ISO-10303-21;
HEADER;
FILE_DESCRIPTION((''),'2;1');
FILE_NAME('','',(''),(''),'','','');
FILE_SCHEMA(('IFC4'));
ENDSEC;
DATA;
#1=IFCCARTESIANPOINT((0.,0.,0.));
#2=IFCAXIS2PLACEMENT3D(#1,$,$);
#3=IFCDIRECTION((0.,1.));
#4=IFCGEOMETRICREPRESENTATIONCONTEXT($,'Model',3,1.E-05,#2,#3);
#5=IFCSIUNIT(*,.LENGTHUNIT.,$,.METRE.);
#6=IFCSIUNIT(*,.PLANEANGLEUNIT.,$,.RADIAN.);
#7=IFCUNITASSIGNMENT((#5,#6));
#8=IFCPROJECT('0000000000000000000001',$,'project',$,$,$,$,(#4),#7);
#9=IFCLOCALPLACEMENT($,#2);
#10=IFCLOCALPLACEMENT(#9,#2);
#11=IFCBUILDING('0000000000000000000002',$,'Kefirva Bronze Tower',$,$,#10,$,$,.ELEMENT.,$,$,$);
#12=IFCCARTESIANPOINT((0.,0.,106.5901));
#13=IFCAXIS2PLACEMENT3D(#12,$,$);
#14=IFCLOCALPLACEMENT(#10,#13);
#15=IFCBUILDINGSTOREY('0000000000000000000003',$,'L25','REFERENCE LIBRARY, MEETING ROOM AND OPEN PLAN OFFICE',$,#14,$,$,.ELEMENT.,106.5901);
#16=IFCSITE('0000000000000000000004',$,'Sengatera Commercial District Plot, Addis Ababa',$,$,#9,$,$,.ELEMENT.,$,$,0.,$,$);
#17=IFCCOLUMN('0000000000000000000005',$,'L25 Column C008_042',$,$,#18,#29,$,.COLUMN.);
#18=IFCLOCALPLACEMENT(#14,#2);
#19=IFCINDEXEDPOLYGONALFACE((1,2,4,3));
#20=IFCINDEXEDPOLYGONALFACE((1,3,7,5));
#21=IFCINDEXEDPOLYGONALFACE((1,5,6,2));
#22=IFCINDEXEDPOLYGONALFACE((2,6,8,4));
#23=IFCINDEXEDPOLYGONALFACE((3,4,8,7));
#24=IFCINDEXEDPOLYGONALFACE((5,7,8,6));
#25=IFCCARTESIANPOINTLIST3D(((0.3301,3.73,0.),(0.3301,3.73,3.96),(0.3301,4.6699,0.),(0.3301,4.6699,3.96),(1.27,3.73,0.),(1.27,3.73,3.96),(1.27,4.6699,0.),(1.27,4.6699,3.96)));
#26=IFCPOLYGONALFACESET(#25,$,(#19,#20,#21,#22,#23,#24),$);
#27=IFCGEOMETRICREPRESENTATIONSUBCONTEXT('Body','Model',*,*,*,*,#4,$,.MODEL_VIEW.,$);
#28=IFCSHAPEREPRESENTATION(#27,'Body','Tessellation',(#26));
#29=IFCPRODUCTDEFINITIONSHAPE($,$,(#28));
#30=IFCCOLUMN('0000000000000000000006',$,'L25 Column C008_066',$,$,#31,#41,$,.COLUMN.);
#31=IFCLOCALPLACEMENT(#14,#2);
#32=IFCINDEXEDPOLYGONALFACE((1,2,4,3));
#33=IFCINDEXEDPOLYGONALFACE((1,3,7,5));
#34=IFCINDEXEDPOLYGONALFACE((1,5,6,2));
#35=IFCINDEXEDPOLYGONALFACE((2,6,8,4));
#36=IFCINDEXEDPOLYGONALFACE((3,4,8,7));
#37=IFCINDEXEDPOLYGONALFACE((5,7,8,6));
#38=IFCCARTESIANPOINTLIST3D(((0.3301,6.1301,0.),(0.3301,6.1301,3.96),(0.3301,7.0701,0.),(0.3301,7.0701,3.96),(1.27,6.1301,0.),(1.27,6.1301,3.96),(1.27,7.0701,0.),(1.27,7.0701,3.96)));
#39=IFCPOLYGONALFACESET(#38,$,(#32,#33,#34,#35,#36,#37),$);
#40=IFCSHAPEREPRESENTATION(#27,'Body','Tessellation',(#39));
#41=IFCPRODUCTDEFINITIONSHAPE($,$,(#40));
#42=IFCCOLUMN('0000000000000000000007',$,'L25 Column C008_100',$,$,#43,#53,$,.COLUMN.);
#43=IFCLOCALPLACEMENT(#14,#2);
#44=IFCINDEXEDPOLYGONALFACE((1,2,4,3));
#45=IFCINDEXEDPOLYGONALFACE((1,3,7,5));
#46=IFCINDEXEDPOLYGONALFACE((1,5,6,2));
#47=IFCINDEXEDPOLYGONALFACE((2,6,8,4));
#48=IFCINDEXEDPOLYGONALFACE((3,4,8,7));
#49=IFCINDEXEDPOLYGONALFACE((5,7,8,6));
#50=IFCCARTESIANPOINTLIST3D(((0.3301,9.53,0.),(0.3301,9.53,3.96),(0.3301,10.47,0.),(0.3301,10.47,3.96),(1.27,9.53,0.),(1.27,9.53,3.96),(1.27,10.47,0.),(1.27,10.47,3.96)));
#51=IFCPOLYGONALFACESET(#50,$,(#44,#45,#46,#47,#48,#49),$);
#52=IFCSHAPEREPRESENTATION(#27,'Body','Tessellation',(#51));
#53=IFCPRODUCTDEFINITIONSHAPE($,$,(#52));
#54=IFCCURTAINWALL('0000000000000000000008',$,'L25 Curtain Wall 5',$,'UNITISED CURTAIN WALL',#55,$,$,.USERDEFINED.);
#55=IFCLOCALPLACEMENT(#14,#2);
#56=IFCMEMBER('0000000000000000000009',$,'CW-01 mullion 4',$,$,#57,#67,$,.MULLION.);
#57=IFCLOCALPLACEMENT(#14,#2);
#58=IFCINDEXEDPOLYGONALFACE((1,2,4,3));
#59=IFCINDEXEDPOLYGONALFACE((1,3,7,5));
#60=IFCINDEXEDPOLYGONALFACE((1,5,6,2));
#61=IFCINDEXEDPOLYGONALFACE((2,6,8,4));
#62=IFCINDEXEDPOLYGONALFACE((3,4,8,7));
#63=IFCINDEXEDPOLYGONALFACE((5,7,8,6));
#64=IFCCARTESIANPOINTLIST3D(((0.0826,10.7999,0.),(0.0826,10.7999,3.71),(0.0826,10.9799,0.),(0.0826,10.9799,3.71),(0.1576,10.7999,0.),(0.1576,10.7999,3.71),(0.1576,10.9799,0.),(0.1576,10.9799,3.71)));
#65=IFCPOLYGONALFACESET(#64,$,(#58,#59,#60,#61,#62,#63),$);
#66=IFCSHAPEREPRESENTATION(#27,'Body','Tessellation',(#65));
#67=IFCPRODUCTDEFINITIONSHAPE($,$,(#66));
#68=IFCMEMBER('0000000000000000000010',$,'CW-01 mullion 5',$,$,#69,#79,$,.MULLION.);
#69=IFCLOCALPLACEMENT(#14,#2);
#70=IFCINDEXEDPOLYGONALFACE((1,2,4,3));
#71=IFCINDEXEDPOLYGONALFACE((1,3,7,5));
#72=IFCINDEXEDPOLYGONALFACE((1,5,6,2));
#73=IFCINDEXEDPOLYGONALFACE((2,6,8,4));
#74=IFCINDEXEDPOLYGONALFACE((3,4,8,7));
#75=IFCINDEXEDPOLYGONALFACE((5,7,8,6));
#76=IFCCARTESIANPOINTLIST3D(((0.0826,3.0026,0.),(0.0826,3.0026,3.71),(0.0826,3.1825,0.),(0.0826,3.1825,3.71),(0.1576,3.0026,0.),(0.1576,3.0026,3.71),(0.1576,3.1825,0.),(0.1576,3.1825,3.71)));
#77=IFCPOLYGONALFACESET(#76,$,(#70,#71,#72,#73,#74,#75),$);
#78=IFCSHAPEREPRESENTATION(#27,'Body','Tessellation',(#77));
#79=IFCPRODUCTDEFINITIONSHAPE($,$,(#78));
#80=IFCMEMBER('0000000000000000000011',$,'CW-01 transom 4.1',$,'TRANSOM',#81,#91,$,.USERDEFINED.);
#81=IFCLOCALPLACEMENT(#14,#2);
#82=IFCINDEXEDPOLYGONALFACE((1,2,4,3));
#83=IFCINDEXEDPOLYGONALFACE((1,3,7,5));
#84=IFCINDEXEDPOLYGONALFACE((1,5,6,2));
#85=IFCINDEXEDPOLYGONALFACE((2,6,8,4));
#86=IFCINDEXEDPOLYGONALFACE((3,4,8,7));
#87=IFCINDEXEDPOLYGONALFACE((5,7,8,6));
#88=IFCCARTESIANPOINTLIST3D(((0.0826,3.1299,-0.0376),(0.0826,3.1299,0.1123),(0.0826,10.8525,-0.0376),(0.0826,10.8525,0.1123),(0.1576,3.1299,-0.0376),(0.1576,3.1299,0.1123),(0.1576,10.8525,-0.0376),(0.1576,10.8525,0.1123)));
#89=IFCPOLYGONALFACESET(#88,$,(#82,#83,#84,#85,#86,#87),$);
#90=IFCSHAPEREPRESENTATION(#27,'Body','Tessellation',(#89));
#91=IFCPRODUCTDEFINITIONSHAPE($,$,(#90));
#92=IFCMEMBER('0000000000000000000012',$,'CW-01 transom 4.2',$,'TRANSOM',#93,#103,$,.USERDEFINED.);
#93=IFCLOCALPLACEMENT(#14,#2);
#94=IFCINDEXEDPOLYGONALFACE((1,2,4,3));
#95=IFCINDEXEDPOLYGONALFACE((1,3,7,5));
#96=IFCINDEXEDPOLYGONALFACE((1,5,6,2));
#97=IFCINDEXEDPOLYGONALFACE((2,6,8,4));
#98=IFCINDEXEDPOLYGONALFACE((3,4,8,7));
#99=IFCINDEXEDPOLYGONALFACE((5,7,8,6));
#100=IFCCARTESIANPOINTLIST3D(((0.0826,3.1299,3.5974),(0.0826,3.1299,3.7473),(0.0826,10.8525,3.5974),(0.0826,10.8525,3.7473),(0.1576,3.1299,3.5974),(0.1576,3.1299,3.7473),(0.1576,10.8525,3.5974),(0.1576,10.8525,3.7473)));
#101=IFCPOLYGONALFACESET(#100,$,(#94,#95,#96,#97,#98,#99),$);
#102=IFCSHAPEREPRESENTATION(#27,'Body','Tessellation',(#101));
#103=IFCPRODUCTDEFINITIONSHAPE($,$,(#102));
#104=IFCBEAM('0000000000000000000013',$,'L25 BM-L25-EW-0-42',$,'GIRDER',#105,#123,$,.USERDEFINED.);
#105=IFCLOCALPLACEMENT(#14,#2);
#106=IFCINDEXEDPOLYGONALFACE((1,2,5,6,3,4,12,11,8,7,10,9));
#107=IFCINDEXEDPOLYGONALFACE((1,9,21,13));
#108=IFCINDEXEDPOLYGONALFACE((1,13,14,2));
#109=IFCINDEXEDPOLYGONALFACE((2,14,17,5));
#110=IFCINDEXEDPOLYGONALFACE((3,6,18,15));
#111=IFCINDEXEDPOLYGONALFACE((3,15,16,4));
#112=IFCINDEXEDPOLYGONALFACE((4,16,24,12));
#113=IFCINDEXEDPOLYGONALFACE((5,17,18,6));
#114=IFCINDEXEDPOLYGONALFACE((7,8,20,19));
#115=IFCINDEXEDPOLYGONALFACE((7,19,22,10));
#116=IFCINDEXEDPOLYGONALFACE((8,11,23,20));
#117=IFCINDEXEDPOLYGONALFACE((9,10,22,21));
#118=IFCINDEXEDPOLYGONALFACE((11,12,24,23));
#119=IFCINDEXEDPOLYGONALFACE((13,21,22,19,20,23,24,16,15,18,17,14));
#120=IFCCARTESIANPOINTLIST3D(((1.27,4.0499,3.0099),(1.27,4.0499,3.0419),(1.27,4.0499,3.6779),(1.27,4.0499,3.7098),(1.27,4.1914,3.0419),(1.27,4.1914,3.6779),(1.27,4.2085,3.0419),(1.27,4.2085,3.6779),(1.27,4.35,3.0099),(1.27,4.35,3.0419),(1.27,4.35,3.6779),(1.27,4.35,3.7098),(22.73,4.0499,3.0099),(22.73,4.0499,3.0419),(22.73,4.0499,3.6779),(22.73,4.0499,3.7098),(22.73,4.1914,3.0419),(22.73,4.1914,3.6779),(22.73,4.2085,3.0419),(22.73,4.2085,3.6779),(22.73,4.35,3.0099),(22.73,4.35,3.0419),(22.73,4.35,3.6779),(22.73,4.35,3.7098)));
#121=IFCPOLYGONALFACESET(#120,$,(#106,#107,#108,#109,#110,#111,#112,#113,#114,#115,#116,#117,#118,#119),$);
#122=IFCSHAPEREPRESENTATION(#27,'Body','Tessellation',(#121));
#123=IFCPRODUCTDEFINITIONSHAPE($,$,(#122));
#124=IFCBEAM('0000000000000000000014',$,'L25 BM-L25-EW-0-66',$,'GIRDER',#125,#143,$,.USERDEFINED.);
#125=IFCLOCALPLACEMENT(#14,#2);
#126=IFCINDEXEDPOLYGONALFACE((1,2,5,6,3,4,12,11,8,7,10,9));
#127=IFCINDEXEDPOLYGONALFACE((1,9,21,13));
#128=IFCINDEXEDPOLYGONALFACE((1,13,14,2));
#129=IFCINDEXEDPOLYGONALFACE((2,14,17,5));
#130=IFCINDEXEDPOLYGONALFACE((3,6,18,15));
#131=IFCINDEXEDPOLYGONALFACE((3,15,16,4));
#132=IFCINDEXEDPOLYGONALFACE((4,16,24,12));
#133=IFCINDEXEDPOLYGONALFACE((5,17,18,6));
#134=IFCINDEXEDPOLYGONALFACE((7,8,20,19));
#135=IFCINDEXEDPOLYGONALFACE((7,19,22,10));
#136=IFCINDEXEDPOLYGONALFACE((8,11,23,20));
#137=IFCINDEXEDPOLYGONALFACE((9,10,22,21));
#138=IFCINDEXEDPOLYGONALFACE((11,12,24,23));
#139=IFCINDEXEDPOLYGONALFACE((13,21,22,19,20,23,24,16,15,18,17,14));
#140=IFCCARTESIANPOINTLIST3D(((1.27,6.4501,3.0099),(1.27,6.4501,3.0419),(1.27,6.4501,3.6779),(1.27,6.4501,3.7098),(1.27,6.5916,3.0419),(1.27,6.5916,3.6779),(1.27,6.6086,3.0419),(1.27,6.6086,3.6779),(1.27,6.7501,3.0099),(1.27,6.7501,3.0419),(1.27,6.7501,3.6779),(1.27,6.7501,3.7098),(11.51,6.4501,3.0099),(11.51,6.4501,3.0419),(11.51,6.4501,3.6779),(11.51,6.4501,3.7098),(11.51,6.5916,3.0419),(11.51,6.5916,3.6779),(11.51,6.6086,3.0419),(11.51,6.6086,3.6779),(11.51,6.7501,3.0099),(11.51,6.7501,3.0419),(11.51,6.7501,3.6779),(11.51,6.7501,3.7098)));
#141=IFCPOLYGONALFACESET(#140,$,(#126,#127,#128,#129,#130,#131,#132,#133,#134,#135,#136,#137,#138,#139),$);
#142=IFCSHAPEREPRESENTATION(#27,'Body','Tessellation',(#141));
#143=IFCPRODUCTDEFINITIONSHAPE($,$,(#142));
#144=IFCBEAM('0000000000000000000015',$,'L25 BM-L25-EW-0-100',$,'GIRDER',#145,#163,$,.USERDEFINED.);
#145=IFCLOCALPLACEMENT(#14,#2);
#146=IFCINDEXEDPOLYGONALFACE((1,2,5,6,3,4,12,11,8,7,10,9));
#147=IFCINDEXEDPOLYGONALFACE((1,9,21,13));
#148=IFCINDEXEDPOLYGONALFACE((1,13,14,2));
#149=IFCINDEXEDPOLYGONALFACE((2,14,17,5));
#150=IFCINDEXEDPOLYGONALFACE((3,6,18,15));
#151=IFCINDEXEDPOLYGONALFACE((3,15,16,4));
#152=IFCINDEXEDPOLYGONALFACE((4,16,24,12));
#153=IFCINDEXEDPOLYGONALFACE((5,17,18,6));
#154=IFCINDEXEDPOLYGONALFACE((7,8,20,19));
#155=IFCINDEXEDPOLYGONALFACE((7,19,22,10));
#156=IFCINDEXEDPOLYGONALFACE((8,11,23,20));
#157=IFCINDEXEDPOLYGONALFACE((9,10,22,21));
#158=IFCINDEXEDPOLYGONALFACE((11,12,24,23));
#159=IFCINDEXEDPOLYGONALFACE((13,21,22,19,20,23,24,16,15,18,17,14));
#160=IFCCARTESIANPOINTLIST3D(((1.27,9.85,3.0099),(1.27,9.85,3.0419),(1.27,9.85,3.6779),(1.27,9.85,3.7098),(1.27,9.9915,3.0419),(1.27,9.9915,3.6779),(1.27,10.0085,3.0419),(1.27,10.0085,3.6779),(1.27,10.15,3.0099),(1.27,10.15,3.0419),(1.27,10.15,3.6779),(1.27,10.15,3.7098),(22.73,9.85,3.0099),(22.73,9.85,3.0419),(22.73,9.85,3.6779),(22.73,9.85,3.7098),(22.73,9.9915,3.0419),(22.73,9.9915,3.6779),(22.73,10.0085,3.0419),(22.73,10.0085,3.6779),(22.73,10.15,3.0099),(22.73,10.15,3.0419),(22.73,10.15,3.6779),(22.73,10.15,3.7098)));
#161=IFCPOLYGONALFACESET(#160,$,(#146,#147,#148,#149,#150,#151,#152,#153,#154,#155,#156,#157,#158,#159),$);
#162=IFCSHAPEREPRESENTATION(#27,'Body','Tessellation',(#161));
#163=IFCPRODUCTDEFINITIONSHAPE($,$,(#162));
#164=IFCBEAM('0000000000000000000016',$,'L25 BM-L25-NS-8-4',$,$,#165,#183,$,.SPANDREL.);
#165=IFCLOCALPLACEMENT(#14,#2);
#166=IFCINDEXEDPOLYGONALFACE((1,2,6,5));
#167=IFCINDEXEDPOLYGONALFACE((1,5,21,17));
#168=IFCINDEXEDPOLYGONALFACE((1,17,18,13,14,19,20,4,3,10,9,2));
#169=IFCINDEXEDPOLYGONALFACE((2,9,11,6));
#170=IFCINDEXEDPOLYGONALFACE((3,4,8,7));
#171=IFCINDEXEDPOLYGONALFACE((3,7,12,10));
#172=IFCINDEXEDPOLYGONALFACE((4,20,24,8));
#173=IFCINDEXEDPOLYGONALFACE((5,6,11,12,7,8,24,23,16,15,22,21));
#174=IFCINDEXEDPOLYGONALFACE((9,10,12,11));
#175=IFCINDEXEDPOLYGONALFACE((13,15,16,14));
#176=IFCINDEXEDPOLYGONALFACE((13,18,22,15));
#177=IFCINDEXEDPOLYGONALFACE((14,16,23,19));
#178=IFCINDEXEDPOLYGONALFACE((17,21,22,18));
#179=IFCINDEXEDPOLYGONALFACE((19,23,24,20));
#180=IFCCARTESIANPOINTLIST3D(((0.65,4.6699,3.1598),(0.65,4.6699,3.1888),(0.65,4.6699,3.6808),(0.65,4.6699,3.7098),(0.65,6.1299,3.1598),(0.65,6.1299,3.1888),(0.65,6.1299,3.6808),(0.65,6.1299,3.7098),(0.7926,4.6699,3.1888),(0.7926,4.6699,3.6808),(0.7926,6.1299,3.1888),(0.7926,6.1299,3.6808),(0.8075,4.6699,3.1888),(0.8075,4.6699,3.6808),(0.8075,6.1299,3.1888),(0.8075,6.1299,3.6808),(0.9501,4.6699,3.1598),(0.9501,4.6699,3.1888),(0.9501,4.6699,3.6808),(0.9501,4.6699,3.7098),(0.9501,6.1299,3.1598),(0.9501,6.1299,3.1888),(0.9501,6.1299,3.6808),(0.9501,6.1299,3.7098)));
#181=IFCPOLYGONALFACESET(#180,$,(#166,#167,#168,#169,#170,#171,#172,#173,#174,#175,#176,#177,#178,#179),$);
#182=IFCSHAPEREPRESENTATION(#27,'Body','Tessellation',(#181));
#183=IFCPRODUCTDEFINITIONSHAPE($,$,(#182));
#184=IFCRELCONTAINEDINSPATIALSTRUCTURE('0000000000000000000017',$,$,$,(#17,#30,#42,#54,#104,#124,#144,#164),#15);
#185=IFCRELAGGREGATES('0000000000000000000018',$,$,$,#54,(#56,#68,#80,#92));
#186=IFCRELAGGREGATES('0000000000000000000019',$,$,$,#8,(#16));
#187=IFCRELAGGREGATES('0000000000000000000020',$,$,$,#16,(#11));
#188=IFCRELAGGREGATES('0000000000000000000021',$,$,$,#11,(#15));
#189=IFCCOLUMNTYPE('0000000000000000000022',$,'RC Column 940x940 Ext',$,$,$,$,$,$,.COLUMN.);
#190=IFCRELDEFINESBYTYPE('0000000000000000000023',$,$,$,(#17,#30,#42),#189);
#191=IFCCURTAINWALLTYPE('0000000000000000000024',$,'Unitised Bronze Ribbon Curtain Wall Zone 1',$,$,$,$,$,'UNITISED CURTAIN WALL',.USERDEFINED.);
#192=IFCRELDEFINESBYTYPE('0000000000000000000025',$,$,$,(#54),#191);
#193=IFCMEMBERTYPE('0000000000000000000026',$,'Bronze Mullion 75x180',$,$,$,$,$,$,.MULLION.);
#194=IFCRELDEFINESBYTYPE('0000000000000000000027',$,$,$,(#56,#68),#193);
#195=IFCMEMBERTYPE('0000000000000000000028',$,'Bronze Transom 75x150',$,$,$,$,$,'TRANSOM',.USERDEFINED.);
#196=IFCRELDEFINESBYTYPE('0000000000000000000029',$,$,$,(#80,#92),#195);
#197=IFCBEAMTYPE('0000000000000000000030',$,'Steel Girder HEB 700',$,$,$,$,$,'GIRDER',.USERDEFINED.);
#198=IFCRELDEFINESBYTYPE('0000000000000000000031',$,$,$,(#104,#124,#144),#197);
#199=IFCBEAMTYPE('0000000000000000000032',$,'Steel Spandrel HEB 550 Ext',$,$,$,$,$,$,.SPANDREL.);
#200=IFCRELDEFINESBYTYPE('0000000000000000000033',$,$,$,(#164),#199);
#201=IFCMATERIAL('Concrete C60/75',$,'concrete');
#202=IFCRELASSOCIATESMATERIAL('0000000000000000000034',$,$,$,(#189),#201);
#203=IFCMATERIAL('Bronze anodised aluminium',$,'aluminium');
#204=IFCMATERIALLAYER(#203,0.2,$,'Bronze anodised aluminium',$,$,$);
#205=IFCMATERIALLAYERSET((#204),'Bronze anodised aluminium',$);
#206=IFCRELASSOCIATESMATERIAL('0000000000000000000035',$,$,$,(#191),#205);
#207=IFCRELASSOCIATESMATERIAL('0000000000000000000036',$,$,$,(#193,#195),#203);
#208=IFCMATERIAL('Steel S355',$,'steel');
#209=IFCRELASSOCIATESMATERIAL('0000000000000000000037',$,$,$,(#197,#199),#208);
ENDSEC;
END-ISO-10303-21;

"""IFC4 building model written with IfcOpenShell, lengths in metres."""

from ifc_helpers import new_model, si_unit, direction, frame, origin, origin_2d, place, context, subcontext, project, spatial, rectangle, i_section, extrude, material, layer, layer_set, material_profile, profile_set, type_object, element, aggregate, save


model = new_model("IFC4")

# Units and contexts
model_context = context("Model", 3, precision=1e-05, world=origin(), true_north=direction((0.0, 1.0)))
body_context = subcontext(model_context, "Body", "Model", "MODEL_VIEW")
ifc_project = project(units=[si_unit("LENGTHUNIT", "METRE"), si_unit("PLANEANGLEUNIT", "RADIAN")], contexts=[model_context])

# Site, building, storey
site_placement = place(None, origin())
site = spatial("IfcSite", under=ifc_project, at=site_placement, Name="Sengatera Commercial District Plot, Addis Ababa", CompositionType="ELEMENT", RefElevation=0.0)
building_placement = place(site_placement, origin())
building = spatial("IfcBuilding", under=site, at=building_placement, Name="Kefirva Bronze Tower", CompositionType="ELEMENT")
storey_placement = place(building_placement, frame((0.0, 0.0, 106.5901)))
storey = spatial("IfcBuildingStorey", under=building, at=storey_placement, Name="L25", Description="REFERENCE LIBRARY, MEETING ROOM AND OPEN PLAN OFFICE", CompositionType="ELEMENT", Elevation=106.5901)

# Columns
ifc_material_1 = material(Name="Concrete C60/75", Category="concrete")
ifc_material_profile_1 = material_profile(ifc_material_1, rectangle(XDim=0.9399, YDim=0.9399, at=origin_2d()), Name="RC 940x940")
ifc_profile_set_1 = profile_set([ifc_material_profile_1], Name="Concrete C60/75")
column_type = type_object("IfcColumnType", Name="RC Column 940x940 Ext", PredefinedType="COLUMN", material=ifc_profile_set_1)
for number, where, z_axis, x_axis, name in (
    (1, (0.8, 4.2, 0.0), (0.0, 0.0, 1.0), (1.0, 0.0, 0.0), "L25 Column C008_042"),
    (2, (0.8, 6.6001, 0.0), (0.0, 0.0, 1.0), (1.0, 0.0, 0.0), "L25 Column C008_066"),
    (3, (0.8, 10.0, 0.0), (0.0, 0.0, 1.0), (1.0, 0.0, 0.0), "L25 Column C008_100"),
):
    element("IfcColumn", number, at=place(storey_placement, frame(where, z_axis=z_axis, x_axis=x_axis)), inside=storey, type_object=column_type, Name=name, PredefinedType="COLUMN", context=body_context, shape_type="SweptSolid", body=[
        extrude(rectangle(XDim=0.9399, YDim=0.9399, at=origin_2d()), origin(), (0.0, 0.0, 1.0), 3.96),
    ])

# Curtain wall, members
ifc_material_2 = material(Name="Bronze anodised aluminium", Category="aluminium")
ifc_layer_1 = layer(ifc_material_2, 0.2, Name="Bronze anodised aluminium")
ifc_layer_set_1 = layer_set([ifc_layer_1], Name="Bronze anodised aluminium")
curtain_wall_type = type_object("IfcCurtainWallType", Name="Unitised Bronze Ribbon Curtain Wall Zone 1", ElementType="UNITISED CURTAIN WALL", PredefinedType="USERDEFINED", material=ifc_layer_set_1)
curtain_wall_placement = place(storey_placement, origin())
curtain_wall = element("IfcCurtainWall", 4, at=curtain_wall_placement, inside=storey, type_object=curtain_wall_type, Name="L25 Curtain Wall 5", ObjectType="UNITISED CURTAIN WALL", PredefinedType="USERDEFINED")
ifc_material_profile_2 = material_profile(ifc_material_2, rectangle(XDim=0.075, YDim=0.1799, at=origin_2d()), Name="ALU 75x180")
ifc_profile_set_2 = profile_set([ifc_material_profile_2], Name="Bronze anodised aluminium")
member_type_1 = type_object("IfcMemberType", Name="Bronze Mullion 75x180", PredefinedType="MULLION", material=ifc_profile_set_2)
member_1_placement = place(storey_placement, frame((0.1201, 10.8899, 0.0), z_axis=(0.0, 0.0, 1.0), x_axis=(1.0, 0.0, 0.0)))
member_1 = element("IfcMember", 5, at=member_1_placement, type_object=member_type_1, Name="CW-01 mullion 4", PredefinedType="MULLION", context=body_context, shape_type="SweptSolid", body=[
    extrude(rectangle(XDim=0.075, YDim=0.1799, at=origin_2d()), origin(), (0.0, 0.0, 1.0), 3.71),
])
member_2_placement = place(storey_placement, frame((0.1201, 3.0925, 0.0), z_axis=(0.0, 0.0, 1.0), x_axis=(1.0, 0.0, 0.0)))
member_2 = element("IfcMember", 6, at=member_2_placement, type_object=member_type_1, Name="CW-01 mullion 5", PredefinedType="MULLION", context=body_context, shape_type="SweptSolid", body=[
    extrude(rectangle(XDim=0.075, YDim=0.1799, at=origin_2d()), origin(), (0.0, 0.0, 1.0), 3.71),
])
ifc_material_profile_3 = material_profile(ifc_material_2, rectangle(XDim=0.075, YDim=0.1499, at=origin_2d()), Name="ALU 75x150")
ifc_profile_set_3 = profile_set([ifc_material_profile_3], Name="Bronze anodised aluminium")
member_type_2 = type_object("IfcMemberType", Name="Bronze Transom 75x150", ElementType="TRANSOM", PredefinedType="USERDEFINED", material=ifc_profile_set_3)
member_3_placement = place(storey_placement, frame((0.1201, 10.8525, 0.0374), z_axis=(0.0, -1.0, 0.0), x_axis=(1.0, 0.0, 0.0)))
member_3 = element("IfcMember", 7, at=member_3_placement, type_object=member_type_2, Name="CW-01 transom 4.1", ObjectType="TRANSOM", PredefinedType="USERDEFINED", context=body_context, shape_type="SweptSolid", body=[
    extrude(rectangle(XDim=0.075, YDim=0.1499, at=origin_2d()), origin(), (0.0, 0.0, 1.0), 7.7227),
])
member_4_placement = place(storey_placement, frame((0.1201, 10.8525, 3.6724), z_axis=(0.0, -1.0, 0.0), x_axis=(1.0, 0.0, 0.0)))
member_4 = element("IfcMember", 8, at=member_4_placement, type_object=member_type_2, Name="CW-01 transom 4.2", ObjectType="TRANSOM", PredefinedType="USERDEFINED", context=body_context, shape_type="SweptSolid", body=[
    extrude(rectangle(XDim=0.075, YDim=0.1499, at=origin_2d()), origin(), (0.0, 0.0, 1.0), 7.7227),
])

# Beams
ifc_material_3 = material(Name="Steel S355", Category="steel")
ifc_material_profile_4 = material_profile(ifc_material_3, i_section(OverallWidth=0.3, OverallDepth=0.7, WebThickness=0.0171, FlangeThickness=0.032, at=origin_2d()), Name="HEB 700")
ifc_profile_set_4 = profile_set([ifc_material_profile_4], Name="Steel S355")
beam_type_1 = type_object("IfcBeamType", Name="Steel Girder HEB 700", ElementType="GIRDER", PredefinedType="USERDEFINED", material=ifc_profile_set_4)
beam_1_placement = place(storey_placement, frame((1.27, 4.2, 3.3599), z_axis=(1.0, 0.0, 0.0), x_axis=(0.0, 1.0, 0.0)))
element("IfcBeam", 9, at=beam_1_placement, inside=storey, type_object=beam_type_1, Name="L25 BM-L25-EW-0-42", ObjectType="GIRDER", PredefinedType="USERDEFINED", context=body_context, shape_type="SweptSolid", body=[
    extrude(i_section(OverallWidth=0.3, OverallDepth=0.7, WebThickness=0.0171, FlangeThickness=0.032, at=origin_2d()), origin(), (0.0, 0.0, 1.0), 21.46),
])
beam_2_placement = place(storey_placement, frame((1.27, 6.6001, 3.3599), z_axis=(1.0, 0.0, 0.0), x_axis=(0.0, 1.0, 0.0)))
element("IfcBeam", 10, at=beam_2_placement, inside=storey, type_object=beam_type_1, Name="L25 BM-L25-EW-0-66", ObjectType="GIRDER", PredefinedType="USERDEFINED", context=body_context, shape_type="SweptSolid", body=[
    extrude(i_section(OverallWidth=0.3, OverallDepth=0.7, WebThickness=0.0171, FlangeThickness=0.032, at=origin_2d()), origin(), (0.0, 0.0, 1.0), 10.24),
])
beam_3_placement = place(storey_placement, frame((1.27, 10.0, 3.3599), z_axis=(1.0, 0.0, 0.0), x_axis=(0.0, 1.0, 0.0)))
element("IfcBeam", 11, at=beam_3_placement, inside=storey, type_object=beam_type_1, Name="L25 BM-L25-EW-0-100", ObjectType="GIRDER", PredefinedType="USERDEFINED", context=body_context, shape_type="SweptSolid", body=[
    extrude(i_section(OverallWidth=0.3, OverallDepth=0.7, WebThickness=0.0171, FlangeThickness=0.032, at=origin_2d()), origin(), (0.0, 0.0, 1.0), 21.46),
])
ifc_material_profile_5 = material_profile(ifc_material_3, i_section(OverallWidth=0.3, OverallDepth=0.55, WebThickness=0.0149, FlangeThickness=0.0291, at=origin_2d()), Name="HEB 550")
ifc_profile_set_5 = profile_set([ifc_material_profile_5], Name="Steel S355")
beam_type_2 = type_object("IfcBeamType", Name="Steel Spandrel HEB 550 Ext", PredefinedType="SPANDREL", material=ifc_profile_set_5)
beam_4_placement = place(storey_placement, frame((0.8, 4.6699, 3.4348), z_axis=(0.0, 1.0, 0.0), x_axis=(-1.0, 0.0, 0.0)))
element("IfcBeam", 12, at=beam_4_placement, inside=storey, type_object=beam_type_2, Name="L25 BM-L25-NS-8-4", PredefinedType="SPANDREL", context=body_context, shape_type="SweptSolid", body=[
    extrude(i_section(OverallWidth=0.3, OverallDepth=0.55, WebThickness=0.0149, FlangeThickness=0.0291, at=origin_2d()), origin(), (0.0, 0.0, 1.0), 1.46),
])

aggregate(curtain_wall, [member_1, member_2, member_3, member_4])

save(model, "model.ifc")
